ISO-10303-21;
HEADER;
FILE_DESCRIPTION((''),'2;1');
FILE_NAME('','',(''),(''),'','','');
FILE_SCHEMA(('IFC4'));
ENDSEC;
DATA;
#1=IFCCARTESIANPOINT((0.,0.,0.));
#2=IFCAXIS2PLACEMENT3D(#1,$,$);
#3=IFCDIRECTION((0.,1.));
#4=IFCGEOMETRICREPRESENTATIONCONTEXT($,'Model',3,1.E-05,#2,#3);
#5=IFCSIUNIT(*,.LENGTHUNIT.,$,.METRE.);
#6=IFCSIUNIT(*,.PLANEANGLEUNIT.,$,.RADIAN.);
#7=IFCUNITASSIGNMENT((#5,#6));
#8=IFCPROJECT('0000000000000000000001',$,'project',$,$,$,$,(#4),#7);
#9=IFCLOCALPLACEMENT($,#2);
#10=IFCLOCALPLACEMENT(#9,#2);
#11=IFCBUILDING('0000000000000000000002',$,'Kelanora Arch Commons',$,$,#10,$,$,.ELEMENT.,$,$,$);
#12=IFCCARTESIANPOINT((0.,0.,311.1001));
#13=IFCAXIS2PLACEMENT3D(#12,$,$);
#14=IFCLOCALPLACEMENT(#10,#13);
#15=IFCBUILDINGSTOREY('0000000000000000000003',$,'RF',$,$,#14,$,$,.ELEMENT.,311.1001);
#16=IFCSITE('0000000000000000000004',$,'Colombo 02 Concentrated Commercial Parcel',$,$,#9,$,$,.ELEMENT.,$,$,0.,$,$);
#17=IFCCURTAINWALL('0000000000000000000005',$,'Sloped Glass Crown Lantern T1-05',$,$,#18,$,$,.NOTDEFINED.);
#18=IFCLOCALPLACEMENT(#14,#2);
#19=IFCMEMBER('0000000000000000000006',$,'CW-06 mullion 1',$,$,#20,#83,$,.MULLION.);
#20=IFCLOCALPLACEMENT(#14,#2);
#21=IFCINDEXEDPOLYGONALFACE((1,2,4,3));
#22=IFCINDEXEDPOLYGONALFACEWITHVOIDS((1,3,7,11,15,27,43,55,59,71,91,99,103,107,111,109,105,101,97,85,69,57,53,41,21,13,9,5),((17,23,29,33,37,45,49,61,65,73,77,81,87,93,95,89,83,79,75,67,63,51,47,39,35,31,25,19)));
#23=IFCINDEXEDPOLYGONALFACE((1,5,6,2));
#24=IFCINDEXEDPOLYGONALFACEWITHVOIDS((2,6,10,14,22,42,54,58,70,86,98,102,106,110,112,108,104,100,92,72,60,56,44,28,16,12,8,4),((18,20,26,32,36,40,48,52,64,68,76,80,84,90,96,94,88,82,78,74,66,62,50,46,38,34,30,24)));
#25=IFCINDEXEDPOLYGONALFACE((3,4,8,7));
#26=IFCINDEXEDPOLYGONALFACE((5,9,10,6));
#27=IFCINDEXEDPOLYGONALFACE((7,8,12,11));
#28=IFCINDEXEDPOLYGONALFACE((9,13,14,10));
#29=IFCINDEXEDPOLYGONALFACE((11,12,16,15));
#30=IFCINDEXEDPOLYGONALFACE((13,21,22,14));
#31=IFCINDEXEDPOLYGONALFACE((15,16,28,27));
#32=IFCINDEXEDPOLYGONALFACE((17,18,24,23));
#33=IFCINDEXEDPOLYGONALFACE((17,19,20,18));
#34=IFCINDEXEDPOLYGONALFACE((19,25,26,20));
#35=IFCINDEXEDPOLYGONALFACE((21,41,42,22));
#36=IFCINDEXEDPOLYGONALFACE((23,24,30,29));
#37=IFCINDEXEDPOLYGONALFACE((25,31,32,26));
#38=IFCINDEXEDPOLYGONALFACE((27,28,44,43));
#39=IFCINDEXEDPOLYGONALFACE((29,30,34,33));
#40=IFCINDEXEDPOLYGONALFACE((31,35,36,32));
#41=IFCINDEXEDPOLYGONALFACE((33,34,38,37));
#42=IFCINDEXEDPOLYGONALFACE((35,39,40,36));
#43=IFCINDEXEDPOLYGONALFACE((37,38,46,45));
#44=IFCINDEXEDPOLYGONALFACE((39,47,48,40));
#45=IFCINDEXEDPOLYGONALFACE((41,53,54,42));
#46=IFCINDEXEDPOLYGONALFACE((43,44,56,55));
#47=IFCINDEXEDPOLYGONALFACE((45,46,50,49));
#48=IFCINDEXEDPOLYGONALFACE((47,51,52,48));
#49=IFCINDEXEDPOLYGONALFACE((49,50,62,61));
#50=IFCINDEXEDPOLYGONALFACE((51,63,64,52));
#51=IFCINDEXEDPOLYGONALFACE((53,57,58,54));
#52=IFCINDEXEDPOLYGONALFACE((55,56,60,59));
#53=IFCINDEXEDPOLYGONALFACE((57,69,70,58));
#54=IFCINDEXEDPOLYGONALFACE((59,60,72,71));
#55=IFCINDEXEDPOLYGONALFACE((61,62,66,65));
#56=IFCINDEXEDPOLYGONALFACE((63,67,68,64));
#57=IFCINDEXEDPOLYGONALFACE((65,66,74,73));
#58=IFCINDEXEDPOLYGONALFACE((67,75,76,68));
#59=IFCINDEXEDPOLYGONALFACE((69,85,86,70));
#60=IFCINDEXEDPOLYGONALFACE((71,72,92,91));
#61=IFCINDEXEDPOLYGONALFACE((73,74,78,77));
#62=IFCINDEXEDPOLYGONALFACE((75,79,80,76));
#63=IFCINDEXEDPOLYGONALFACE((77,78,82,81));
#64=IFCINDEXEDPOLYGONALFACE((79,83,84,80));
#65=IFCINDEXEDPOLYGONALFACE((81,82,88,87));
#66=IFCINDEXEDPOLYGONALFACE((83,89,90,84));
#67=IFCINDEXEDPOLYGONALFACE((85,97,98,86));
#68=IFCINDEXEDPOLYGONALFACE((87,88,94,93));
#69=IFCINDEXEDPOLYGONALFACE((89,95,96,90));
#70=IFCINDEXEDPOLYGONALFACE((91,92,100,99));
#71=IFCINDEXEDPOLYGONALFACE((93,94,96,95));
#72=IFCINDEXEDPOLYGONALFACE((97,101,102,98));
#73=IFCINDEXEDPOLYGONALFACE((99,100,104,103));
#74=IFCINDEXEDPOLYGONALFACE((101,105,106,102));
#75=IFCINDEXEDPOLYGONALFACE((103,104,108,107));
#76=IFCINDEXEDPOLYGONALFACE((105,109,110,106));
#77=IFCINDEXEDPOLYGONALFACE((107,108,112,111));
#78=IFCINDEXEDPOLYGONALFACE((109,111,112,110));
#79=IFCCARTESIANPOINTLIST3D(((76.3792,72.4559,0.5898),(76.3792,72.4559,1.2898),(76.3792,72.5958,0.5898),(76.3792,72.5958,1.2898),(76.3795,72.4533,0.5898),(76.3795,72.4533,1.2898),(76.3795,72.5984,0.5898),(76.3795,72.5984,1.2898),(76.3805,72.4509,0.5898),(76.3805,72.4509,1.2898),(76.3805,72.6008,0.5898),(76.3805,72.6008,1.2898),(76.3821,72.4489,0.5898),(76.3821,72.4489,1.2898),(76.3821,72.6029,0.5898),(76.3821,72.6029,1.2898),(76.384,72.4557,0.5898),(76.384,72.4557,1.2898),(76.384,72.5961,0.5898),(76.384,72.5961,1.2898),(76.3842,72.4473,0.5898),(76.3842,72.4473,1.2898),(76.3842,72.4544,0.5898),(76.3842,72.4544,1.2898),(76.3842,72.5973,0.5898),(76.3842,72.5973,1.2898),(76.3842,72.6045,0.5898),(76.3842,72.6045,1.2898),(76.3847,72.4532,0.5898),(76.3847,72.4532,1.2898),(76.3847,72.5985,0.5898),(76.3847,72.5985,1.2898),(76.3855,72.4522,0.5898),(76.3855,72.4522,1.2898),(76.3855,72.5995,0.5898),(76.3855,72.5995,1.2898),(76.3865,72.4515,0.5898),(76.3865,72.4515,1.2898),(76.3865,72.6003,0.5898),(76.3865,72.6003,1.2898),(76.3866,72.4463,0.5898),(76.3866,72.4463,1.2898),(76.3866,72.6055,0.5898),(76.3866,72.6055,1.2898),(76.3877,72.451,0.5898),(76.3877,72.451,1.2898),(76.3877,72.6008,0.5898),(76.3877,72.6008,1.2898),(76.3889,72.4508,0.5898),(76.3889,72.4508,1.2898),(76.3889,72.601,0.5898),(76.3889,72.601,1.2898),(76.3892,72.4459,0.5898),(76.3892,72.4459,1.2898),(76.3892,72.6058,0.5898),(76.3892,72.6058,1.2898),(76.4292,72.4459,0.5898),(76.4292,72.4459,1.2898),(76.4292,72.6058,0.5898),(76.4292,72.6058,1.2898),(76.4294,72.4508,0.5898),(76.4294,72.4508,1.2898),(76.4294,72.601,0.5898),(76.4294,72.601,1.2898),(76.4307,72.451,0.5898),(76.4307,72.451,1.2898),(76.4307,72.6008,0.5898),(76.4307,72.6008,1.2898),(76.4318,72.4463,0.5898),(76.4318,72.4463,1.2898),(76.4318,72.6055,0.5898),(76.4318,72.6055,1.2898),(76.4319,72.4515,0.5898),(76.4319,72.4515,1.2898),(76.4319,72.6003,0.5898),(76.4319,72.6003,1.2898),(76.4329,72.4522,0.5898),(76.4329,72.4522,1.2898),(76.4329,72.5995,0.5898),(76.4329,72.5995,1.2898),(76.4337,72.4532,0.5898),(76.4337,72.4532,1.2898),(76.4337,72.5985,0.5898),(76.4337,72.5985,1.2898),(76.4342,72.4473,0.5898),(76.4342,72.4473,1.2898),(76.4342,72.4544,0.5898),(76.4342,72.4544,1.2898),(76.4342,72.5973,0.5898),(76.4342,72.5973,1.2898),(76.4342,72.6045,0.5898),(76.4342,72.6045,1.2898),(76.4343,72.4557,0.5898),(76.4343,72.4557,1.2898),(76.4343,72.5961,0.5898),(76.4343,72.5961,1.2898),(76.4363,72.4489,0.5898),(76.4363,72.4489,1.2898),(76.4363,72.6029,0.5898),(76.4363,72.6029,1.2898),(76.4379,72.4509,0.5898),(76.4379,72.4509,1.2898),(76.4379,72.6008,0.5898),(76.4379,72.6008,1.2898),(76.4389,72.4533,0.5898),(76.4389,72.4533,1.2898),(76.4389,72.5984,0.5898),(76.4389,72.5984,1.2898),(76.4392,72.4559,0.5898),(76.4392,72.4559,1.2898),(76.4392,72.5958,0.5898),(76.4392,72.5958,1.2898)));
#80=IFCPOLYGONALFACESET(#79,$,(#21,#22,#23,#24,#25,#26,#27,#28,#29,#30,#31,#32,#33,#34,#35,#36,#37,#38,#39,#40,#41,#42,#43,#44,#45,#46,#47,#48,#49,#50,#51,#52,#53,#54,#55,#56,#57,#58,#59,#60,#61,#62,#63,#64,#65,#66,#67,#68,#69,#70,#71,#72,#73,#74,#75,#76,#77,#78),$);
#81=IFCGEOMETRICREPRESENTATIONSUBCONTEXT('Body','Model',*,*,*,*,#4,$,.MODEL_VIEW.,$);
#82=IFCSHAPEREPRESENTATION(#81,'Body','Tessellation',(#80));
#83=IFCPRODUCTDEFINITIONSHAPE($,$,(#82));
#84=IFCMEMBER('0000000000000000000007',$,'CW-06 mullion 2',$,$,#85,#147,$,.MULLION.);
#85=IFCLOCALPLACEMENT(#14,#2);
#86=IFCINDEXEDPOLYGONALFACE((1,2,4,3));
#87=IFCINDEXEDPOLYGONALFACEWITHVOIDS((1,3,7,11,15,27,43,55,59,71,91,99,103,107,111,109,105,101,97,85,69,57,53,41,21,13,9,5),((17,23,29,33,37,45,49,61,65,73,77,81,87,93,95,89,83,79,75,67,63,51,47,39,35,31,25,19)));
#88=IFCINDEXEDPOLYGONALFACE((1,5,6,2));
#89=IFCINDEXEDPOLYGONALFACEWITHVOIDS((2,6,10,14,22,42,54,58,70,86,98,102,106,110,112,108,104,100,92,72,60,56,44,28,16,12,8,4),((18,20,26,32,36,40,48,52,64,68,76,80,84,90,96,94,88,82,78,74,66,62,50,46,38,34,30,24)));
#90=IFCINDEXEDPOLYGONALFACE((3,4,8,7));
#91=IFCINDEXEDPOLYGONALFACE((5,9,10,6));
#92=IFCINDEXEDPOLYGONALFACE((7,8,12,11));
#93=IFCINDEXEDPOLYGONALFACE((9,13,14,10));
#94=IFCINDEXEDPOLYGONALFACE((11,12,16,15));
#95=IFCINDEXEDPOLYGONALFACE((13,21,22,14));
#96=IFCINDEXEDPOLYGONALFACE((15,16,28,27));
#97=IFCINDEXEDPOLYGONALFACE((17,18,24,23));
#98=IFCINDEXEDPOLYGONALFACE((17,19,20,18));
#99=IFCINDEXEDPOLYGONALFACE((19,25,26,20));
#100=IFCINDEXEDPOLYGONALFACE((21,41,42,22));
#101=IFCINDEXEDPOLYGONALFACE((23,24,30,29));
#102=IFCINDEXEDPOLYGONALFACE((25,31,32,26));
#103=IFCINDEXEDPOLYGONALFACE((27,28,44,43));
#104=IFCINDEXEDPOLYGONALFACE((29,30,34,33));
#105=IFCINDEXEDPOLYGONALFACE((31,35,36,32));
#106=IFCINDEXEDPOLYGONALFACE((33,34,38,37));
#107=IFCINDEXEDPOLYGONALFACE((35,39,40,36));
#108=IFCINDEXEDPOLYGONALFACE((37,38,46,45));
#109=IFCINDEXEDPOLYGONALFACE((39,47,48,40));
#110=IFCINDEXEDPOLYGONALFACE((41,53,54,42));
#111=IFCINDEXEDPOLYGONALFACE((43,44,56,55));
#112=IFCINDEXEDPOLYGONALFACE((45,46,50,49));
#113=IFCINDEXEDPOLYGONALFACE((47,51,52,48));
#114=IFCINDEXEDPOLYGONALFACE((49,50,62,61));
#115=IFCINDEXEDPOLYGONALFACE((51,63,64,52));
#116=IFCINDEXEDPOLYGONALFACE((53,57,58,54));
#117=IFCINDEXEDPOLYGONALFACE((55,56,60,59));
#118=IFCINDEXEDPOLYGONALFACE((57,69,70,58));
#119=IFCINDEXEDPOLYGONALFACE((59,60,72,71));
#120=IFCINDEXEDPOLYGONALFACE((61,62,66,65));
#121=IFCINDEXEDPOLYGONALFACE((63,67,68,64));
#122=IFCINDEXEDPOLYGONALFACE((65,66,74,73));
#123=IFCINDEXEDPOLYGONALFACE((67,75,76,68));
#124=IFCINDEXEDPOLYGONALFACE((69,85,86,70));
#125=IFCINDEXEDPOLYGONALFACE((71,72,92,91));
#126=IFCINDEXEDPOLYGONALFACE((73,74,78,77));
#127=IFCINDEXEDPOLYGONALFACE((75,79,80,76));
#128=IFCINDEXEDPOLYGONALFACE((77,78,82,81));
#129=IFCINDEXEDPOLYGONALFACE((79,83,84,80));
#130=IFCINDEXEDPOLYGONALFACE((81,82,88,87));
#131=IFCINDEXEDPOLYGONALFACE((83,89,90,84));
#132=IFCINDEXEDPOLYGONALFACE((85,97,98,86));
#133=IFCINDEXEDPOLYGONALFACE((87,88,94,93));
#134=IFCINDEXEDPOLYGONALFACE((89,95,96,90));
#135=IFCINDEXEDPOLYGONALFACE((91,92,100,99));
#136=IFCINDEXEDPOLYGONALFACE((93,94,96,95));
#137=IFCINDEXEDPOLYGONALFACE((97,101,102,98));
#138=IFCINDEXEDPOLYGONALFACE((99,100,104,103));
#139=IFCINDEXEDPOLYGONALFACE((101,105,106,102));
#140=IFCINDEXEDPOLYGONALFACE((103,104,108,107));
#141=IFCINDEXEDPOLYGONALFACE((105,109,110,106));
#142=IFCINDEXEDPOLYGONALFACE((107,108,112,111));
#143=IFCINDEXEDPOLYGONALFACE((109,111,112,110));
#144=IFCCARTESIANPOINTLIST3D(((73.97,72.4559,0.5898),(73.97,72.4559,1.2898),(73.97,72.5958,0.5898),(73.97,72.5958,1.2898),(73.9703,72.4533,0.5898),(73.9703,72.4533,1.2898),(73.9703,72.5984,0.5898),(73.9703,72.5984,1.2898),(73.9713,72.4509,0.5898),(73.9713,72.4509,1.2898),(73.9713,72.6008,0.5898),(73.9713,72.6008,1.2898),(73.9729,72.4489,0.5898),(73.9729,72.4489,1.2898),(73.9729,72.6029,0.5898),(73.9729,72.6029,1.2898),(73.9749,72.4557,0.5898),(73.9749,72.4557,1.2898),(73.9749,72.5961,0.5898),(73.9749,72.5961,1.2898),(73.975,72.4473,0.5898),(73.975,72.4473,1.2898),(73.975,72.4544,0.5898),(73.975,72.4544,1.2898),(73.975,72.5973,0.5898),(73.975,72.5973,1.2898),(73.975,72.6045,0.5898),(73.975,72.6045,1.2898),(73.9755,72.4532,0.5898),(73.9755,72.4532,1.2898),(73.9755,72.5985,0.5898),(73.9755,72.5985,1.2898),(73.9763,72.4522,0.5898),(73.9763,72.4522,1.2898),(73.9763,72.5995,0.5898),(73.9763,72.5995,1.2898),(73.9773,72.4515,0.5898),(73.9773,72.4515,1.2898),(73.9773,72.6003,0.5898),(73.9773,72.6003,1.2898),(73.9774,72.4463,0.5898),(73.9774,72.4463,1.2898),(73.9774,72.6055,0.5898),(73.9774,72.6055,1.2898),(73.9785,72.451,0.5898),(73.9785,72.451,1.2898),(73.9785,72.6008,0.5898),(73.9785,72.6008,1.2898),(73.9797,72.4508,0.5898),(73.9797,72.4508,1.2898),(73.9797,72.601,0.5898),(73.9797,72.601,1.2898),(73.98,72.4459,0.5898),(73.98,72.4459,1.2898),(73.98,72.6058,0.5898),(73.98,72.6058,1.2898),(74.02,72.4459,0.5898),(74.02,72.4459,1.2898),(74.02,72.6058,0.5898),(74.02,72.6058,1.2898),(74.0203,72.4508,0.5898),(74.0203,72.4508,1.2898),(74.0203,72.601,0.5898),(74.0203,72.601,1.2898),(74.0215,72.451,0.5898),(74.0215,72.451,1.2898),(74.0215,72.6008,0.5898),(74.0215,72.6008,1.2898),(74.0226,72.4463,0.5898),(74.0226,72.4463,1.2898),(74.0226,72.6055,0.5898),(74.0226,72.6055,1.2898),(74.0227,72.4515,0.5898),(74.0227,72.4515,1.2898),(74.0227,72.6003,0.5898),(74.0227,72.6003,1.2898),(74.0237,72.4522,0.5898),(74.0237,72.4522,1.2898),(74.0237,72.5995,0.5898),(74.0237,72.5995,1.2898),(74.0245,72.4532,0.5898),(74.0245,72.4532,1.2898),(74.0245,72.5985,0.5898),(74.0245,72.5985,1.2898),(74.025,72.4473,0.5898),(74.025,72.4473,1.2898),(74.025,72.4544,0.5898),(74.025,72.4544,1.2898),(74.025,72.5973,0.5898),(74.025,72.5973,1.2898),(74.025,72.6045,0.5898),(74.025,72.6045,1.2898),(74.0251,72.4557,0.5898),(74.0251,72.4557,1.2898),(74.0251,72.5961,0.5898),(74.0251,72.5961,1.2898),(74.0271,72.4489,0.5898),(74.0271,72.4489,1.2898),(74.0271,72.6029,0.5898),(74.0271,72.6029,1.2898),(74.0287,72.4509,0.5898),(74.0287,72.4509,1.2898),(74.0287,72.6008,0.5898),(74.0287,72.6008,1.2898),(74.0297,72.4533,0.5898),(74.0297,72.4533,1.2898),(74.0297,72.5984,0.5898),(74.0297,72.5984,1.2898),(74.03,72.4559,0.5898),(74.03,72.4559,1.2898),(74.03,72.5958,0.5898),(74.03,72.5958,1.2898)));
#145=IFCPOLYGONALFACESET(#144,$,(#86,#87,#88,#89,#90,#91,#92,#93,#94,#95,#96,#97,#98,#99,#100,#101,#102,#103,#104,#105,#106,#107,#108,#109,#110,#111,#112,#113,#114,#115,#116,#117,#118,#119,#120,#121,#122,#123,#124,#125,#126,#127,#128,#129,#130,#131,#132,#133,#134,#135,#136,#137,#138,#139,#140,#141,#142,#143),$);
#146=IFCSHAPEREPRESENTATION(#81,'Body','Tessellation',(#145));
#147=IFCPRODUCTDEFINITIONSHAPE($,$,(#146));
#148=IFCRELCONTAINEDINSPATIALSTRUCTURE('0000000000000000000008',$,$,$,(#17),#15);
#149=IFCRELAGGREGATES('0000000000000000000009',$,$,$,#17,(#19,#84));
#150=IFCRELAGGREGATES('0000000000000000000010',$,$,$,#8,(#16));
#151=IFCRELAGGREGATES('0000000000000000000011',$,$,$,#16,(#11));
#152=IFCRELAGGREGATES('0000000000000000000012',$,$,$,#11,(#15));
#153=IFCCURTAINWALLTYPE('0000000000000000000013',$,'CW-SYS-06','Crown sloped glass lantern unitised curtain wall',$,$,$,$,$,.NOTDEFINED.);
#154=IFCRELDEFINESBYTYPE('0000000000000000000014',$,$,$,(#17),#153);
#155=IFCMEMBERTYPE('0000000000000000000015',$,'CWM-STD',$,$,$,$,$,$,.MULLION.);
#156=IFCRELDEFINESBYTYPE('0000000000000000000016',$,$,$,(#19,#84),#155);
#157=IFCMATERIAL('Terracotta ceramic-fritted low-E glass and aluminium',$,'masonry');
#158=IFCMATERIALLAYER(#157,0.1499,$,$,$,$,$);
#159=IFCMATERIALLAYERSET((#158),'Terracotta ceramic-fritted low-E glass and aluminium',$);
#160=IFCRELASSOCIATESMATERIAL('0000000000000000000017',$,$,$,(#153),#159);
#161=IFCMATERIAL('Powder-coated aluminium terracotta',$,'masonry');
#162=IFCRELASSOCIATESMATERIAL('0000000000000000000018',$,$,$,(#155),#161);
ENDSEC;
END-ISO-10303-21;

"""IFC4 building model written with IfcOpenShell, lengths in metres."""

from ifc_helpers import new_model, si_unit, direction, frame, origin, origin_2d, place, context, subcontext, project, spatial, hollow_rectangle, extrude, material, layer, layer_set, material_profile, profile_set, type_object, element, aggregate, save


model = new_model("IFC4")

# Units and contexts
model_context = context("Model", 3, precision=1e-05, world=origin(), true_north=direction((0.0, 1.0)))
body_context = subcontext(model_context, "Body", "Model", "MODEL_VIEW")
ifc_project = project(units=[si_unit("LENGTHUNIT", "METRE"), si_unit("PLANEANGLEUNIT", "RADIAN")], contexts=[model_context])

# Site, building, storey
site_placement = place(None, origin())
site = spatial("IfcSite", under=ifc_project, at=site_placement, Name="Colombo 02 Concentrated Commercial Parcel", CompositionType="ELEMENT", RefElevation=0.0)
building_placement = place(site_placement, origin())
building = spatial("IfcBuilding", under=site, at=building_placement, Name="Kelanora Arch Commons", CompositionType="ELEMENT")
storey_placement = place(building_placement, frame((0.0, 0.0, 311.1001)))
storey = spatial("IfcBuildingStorey", under=building, at=storey_placement, Name="RF", CompositionType="ELEMENT", Elevation=311.1001)

# Shared definitions
ifc_material_1 = material(Name="Terracotta ceramic-fritted low-E glass and aluminium", Category="masonry")
ifc_layer_1 = layer(ifc_material_1, 0.1499)
ifc_layer_set_1 = layer_set([ifc_layer_1], Name="Terracotta ceramic-fritted low-E glass and aluminium")
curtain_wall_type = type_object("IfcCurtainWallType", Name="CW-SYS-06", Description="Crown sloped glass lantern unitised curtain wall", PredefinedType="NOTDEFINED", material=ifc_layer_set_1)
ifc_material_2 = material(Name="Powder-coated aluminium terracotta", Category="masonry")
ifc_material_profile_1 = material_profile(ifc_material_2, hollow_rectangle(XDim=0.1599, YDim=0.0601, WallThickness=0.0049, InnerFilletRadius=0.0049, OuterFilletRadius=0.01, at=origin_2d()), Name="CWM160x60")
ifc_profile_set_1 = profile_set([ifc_material_profile_1], Name="Powder-coated aluminium terracotta")
member_type_1 = type_object("IfcMemberType", Name="CWM-STD", PredefinedType="MULLION", material=ifc_profile_set_1)

# Curtain wall, members
curtain_wall_1_placement = place(storey_placement, origin())
curtain_wall_1 = element("IfcCurtainWall", 1, at=curtain_wall_1_placement, inside=storey, type_object=curtain_wall_type, Name="Sloped Glass Crown Lantern T1-05", PredefinedType="NOTDEFINED")
member_1_placement = place(storey_placement, frame((76.4092, 72.5259, 0.5898), z_axis=(0.0, 0.0, 1.0), x_axis=(0.0, -1.0, 0.0)))
member_1 = element("IfcMember", 2, at=member_1_placement, type_object=member_type_1, Name="CW-06 mullion 1", PredefinedType="MULLION", context=body_context, shape_type="SweptSolid", body=[
    extrude(hollow_rectangle(XDim=0.1599, YDim=0.0601, WallThickness=0.0049, InnerFilletRadius=0.0049, OuterFilletRadius=0.01, at=origin_2d()), origin(), (0.0, 0.0, 1.0), 0.7),
])
member_2_placement = place(storey_placement, frame((74.0, 72.5259, 0.5898), z_axis=(0.0, 0.0, 1.0), x_axis=(0.0, -1.0, 0.0)))
member_2 = element("IfcMember", 3, at=member_2_placement, type_object=member_type_1, Name="CW-06 mullion 2", PredefinedType="MULLION", context=body_context, shape_type="SweptSolid", body=[
    extrude(hollow_rectangle(XDim=0.1599, YDim=0.0601, WallThickness=0.0049, InnerFilletRadius=0.0049, OuterFilletRadius=0.01, at=origin_2d()), origin(), (0.0, 0.0, 1.0), 0.7),
])

aggregate(curtain_wall_1, [member_1, member_2])

save(model, "model.ifc")
